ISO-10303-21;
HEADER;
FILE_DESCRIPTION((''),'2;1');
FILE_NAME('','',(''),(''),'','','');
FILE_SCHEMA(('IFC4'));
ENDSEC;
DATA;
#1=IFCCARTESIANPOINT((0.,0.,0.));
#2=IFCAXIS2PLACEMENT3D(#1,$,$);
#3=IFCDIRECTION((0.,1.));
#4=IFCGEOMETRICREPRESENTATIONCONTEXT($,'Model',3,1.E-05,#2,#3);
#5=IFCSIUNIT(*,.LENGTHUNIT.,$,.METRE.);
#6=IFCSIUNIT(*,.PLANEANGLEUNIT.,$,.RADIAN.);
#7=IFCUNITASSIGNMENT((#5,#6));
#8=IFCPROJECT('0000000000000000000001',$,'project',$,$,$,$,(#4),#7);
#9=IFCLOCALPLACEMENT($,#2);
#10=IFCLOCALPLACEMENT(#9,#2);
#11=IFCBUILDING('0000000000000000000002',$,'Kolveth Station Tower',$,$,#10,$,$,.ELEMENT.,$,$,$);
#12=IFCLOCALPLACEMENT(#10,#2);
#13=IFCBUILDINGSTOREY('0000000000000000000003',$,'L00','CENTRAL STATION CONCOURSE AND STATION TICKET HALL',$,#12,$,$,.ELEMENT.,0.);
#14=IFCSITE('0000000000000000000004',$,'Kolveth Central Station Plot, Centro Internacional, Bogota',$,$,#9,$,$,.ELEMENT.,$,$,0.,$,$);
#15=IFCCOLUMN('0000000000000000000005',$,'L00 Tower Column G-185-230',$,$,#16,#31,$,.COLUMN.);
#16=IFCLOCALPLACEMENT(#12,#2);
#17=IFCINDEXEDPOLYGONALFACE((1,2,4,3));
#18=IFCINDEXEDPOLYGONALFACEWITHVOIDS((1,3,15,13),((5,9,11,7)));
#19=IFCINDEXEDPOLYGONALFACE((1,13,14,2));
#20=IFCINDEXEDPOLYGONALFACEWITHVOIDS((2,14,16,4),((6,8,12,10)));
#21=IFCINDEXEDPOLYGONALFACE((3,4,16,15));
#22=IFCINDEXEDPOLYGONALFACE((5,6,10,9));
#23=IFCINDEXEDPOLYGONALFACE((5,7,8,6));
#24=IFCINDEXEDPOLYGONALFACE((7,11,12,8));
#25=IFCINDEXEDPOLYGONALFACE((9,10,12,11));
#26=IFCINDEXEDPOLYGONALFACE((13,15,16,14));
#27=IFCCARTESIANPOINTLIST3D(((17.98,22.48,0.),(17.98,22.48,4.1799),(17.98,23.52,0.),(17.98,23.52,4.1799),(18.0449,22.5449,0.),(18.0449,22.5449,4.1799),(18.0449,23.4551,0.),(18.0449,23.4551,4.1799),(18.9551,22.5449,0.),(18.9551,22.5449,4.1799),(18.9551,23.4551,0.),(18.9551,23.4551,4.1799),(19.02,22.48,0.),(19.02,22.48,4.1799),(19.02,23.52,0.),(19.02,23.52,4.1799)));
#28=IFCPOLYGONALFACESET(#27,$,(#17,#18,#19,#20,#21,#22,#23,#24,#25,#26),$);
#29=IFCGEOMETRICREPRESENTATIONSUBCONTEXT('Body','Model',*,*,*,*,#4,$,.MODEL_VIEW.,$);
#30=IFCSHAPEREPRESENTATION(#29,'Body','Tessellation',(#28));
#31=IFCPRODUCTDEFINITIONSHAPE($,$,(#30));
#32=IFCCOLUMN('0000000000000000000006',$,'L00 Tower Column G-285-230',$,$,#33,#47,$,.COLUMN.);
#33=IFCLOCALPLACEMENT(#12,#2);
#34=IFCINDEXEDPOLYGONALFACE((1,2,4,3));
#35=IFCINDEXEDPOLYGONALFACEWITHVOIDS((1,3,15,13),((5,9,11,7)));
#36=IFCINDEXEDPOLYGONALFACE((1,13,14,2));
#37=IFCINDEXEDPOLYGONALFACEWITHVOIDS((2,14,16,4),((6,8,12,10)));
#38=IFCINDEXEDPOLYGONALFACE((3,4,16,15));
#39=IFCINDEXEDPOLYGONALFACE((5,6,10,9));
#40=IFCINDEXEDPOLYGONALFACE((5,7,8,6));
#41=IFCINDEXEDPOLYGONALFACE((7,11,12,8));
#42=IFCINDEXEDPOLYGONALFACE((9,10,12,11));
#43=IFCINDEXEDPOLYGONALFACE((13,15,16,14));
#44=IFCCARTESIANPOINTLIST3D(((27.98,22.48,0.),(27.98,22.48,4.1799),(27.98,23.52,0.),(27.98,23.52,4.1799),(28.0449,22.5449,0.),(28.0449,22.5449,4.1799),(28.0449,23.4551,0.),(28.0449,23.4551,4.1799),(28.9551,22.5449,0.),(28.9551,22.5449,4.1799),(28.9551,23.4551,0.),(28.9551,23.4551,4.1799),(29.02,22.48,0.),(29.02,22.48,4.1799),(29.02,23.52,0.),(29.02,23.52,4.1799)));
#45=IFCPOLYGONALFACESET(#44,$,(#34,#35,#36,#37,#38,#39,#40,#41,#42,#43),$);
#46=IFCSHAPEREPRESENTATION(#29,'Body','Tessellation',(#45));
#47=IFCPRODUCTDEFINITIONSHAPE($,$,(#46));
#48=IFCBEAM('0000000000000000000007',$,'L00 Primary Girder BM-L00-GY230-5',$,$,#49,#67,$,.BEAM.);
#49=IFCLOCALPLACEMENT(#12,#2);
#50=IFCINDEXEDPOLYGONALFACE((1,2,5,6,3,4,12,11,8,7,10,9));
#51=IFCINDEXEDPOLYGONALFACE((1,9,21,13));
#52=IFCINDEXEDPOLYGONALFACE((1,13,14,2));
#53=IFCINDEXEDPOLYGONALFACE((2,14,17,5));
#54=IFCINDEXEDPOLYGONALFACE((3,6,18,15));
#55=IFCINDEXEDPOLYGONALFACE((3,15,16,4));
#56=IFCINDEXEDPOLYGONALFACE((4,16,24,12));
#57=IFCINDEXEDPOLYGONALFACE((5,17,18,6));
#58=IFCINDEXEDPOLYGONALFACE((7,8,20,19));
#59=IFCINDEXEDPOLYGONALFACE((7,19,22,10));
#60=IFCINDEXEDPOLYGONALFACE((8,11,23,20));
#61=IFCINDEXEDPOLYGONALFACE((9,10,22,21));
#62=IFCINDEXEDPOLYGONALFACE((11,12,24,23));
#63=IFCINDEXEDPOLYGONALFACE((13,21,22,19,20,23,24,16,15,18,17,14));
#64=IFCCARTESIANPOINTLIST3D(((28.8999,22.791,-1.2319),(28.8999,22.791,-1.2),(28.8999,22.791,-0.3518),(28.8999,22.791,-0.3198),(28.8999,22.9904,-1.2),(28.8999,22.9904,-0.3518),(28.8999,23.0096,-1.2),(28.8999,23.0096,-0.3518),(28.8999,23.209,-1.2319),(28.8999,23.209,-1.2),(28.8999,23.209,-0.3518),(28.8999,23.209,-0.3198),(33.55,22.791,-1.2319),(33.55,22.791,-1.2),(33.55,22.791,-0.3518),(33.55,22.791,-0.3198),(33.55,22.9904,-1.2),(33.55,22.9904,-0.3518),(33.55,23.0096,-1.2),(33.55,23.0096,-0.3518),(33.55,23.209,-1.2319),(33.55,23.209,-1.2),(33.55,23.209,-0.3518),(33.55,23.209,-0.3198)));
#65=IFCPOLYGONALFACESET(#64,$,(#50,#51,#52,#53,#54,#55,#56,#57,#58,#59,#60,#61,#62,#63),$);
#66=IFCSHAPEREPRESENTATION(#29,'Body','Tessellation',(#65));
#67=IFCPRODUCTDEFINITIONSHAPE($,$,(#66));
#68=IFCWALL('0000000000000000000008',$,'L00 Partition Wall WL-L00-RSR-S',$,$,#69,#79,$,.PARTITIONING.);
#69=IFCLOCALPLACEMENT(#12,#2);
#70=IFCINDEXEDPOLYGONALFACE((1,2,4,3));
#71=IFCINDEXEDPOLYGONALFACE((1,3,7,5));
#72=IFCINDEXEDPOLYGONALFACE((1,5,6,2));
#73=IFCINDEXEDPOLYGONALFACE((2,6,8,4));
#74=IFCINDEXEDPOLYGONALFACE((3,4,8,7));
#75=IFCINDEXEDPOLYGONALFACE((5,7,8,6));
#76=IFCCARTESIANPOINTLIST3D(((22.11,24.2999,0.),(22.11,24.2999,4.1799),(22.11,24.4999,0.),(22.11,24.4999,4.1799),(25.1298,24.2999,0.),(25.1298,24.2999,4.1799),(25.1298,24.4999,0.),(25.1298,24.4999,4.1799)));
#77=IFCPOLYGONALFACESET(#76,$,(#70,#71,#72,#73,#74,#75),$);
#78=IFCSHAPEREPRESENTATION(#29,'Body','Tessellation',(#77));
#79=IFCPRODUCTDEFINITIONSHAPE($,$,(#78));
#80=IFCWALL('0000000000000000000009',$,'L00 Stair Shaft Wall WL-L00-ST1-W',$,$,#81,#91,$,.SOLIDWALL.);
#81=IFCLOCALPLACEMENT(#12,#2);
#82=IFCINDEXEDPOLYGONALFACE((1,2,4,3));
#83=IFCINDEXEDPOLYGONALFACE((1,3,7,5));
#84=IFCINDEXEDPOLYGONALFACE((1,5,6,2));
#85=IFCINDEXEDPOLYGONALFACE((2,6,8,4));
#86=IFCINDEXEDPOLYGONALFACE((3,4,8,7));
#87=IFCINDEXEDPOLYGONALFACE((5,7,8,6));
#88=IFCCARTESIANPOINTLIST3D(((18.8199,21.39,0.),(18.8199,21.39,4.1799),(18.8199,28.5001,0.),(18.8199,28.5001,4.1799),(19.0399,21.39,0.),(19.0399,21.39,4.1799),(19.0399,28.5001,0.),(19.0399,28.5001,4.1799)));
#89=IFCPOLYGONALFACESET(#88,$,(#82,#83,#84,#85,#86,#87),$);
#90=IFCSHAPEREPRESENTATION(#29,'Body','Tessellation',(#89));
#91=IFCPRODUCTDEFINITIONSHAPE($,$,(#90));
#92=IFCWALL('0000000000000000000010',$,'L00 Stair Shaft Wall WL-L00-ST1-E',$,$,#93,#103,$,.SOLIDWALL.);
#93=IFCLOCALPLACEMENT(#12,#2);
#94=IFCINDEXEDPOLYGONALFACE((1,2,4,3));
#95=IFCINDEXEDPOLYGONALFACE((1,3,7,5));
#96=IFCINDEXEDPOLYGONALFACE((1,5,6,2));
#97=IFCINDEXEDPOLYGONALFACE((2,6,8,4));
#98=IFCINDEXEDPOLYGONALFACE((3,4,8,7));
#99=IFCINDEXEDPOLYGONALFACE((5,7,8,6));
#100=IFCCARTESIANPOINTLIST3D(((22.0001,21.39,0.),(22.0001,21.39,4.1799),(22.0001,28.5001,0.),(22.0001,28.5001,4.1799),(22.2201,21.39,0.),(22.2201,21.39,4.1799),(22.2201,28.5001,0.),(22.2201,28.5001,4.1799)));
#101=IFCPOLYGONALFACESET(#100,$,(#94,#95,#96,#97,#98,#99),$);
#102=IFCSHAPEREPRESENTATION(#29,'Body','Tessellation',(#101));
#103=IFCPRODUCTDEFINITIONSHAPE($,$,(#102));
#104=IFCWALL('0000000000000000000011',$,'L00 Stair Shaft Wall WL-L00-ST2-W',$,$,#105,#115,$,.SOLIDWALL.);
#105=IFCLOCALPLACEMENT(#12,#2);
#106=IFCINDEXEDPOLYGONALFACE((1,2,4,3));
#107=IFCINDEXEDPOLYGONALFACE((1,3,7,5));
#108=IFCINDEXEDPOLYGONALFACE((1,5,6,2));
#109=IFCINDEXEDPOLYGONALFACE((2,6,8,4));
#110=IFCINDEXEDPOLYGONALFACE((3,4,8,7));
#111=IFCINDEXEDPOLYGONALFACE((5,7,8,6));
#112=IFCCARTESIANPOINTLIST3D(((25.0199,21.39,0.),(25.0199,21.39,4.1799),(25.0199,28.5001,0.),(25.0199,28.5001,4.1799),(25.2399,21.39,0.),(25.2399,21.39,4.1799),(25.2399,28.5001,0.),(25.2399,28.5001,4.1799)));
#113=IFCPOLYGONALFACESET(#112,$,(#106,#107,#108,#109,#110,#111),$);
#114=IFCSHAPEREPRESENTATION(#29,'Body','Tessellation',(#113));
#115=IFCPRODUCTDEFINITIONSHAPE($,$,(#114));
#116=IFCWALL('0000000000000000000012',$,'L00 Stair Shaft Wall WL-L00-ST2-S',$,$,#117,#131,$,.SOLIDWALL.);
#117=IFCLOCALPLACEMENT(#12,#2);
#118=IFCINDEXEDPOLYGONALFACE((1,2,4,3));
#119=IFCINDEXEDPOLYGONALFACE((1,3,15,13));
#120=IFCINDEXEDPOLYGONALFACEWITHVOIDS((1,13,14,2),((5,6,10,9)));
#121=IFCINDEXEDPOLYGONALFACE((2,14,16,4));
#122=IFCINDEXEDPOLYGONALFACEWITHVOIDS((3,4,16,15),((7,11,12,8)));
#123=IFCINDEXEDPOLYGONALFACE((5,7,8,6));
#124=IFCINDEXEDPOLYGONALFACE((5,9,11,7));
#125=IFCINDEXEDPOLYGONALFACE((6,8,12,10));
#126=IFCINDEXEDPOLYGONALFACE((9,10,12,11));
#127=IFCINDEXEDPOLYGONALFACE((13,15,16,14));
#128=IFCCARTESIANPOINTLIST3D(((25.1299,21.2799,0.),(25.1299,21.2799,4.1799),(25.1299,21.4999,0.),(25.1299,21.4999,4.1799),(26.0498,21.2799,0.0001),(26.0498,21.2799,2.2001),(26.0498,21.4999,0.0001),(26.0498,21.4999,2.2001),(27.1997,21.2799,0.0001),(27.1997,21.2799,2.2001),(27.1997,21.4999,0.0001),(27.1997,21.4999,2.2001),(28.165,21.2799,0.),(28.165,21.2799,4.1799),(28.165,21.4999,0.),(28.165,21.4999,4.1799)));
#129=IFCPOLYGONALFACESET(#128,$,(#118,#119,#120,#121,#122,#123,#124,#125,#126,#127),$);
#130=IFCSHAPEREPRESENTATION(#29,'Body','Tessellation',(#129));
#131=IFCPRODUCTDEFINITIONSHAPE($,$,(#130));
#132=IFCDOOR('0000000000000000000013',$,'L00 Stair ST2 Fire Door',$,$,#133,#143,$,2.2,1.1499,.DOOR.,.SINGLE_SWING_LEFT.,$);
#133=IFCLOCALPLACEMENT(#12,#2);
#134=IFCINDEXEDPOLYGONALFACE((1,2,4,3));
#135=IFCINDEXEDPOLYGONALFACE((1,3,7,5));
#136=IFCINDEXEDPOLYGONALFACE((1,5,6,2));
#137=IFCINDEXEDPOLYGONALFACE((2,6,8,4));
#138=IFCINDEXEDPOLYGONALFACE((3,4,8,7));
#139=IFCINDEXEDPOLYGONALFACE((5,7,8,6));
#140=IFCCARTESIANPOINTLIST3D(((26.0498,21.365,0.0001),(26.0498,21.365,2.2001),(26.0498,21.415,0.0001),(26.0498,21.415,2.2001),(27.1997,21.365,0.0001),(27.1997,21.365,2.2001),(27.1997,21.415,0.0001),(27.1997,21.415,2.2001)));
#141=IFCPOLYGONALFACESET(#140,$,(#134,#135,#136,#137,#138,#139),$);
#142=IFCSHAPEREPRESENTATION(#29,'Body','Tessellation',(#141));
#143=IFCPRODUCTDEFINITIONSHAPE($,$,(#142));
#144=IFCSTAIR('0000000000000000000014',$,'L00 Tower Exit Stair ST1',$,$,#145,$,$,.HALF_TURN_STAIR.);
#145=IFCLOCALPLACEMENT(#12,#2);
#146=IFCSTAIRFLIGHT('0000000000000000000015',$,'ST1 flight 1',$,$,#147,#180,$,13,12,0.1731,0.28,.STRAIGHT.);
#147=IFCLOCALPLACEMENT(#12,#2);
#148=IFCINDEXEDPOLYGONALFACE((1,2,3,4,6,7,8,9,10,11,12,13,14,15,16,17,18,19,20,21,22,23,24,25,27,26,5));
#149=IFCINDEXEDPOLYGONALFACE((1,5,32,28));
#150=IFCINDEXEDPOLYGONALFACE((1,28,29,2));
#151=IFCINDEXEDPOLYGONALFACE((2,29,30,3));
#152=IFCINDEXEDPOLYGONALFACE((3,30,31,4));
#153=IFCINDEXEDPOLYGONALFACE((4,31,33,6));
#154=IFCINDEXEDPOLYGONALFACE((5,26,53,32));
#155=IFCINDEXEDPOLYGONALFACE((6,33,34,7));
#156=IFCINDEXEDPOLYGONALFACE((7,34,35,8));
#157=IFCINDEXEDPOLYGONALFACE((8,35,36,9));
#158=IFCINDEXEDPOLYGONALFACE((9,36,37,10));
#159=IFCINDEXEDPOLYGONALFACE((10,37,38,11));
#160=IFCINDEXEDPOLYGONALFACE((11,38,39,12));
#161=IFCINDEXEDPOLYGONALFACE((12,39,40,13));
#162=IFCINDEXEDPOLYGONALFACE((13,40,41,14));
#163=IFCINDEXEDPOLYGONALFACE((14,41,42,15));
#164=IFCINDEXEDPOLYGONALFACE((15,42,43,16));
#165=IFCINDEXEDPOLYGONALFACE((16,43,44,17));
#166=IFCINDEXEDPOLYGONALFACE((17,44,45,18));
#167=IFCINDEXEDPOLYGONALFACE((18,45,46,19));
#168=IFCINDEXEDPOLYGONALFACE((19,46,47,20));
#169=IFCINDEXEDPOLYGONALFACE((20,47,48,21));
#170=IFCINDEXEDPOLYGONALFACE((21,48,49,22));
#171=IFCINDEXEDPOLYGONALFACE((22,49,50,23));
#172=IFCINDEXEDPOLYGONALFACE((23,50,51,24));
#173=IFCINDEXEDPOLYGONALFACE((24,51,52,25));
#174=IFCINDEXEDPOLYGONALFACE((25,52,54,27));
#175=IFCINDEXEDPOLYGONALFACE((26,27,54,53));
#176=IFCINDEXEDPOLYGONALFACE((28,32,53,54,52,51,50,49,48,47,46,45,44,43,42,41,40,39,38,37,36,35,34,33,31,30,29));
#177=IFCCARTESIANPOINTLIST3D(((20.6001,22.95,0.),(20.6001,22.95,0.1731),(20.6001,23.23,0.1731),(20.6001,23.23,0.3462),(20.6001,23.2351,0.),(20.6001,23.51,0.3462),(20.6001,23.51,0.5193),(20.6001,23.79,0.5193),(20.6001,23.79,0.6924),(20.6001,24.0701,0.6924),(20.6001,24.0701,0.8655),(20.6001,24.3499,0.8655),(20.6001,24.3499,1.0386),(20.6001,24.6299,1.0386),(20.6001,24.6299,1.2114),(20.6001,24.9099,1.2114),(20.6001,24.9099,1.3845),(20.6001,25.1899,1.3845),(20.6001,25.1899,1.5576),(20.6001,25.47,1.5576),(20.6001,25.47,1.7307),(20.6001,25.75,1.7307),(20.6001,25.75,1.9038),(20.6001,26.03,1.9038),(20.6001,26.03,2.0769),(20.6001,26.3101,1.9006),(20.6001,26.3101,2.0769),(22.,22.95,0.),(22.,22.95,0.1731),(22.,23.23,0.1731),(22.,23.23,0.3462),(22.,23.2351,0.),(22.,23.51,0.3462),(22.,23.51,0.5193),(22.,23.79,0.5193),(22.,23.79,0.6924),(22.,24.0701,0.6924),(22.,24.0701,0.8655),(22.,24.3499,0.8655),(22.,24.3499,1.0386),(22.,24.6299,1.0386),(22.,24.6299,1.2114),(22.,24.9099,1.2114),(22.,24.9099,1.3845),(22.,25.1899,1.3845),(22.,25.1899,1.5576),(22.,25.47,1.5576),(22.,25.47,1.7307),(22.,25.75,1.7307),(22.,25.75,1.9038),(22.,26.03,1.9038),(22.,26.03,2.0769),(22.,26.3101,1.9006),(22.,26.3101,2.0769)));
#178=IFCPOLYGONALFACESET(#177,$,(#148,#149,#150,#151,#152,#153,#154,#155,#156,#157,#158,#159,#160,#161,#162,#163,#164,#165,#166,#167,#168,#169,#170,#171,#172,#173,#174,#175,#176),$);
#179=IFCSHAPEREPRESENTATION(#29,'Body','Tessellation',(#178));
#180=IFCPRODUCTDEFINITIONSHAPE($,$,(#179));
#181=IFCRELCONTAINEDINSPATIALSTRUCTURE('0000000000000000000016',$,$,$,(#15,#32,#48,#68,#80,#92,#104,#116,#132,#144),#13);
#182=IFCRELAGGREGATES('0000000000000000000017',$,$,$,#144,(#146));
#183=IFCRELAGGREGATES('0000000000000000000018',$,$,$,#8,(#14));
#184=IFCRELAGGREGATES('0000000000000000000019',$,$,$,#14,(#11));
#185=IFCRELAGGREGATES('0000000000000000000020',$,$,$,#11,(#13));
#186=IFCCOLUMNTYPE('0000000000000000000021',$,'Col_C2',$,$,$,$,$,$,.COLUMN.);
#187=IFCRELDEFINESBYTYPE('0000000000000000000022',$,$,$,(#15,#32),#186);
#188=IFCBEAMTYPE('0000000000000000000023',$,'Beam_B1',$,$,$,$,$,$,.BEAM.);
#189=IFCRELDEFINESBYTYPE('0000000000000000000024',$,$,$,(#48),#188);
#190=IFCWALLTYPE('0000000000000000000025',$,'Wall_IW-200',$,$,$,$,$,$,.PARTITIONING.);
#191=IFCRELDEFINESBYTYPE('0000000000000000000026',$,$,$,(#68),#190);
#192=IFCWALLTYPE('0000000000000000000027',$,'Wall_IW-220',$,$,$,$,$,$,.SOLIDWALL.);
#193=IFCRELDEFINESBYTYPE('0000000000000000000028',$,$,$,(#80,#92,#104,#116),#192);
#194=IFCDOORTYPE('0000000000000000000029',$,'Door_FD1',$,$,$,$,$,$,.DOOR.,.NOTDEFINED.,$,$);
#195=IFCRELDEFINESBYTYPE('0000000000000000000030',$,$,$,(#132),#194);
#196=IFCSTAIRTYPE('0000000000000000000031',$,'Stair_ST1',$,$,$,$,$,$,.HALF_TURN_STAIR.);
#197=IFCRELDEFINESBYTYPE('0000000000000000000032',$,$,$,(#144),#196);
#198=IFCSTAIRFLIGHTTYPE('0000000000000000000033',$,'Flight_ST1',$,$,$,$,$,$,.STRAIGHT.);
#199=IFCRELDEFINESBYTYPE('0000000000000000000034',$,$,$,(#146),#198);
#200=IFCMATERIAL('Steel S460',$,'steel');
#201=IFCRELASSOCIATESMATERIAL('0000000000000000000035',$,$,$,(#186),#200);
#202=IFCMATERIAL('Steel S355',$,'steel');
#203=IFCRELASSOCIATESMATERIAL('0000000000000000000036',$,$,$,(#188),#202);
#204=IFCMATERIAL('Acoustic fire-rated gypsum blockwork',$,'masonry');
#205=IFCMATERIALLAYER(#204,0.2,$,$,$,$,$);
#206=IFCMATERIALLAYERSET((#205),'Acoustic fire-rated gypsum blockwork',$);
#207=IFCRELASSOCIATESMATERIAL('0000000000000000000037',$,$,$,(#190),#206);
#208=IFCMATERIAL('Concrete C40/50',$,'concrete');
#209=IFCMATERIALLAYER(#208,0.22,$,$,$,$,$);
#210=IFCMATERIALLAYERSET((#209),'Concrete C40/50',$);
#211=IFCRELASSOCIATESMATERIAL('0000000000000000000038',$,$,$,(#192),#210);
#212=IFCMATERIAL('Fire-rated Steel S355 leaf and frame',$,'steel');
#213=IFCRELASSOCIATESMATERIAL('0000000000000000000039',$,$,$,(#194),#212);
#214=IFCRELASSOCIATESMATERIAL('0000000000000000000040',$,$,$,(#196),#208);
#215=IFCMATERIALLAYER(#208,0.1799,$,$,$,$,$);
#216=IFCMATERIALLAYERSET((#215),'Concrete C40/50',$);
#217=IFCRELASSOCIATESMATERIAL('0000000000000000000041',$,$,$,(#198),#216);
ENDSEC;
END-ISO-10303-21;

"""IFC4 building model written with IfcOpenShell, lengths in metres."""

from ifc_helpers import new_model, si_unit, direction, frame, frame_2d, origin, origin_2d, place, context, subcontext, project, spatial, polyline, rectangle, hollow_rectangle, i_section, outline, extrude, source, transform, mapped, material, layer, layer_set, material_profile, profile_set, type_object, element, fill, aggregate, save


model = new_model("IFC4")

# Units and contexts
model_context = context("Model", 3, precision=1e-05, world=origin(), true_north=direction((0.0, 1.0)))
body_context = subcontext(model_context, "Body", "Model", "MODEL_VIEW")
ifc_project = project(units=[si_unit("LENGTHUNIT", "METRE"), si_unit("PLANEANGLEUNIT", "RADIAN")], contexts=[model_context])

# Site, building, storey
site_placement = place(None, origin())
site = spatial("IfcSite", under=ifc_project, at=site_placement, Name="Kolveth Central Station Plot, Centro Internacional, Bogota", CompositionType="ELEMENT", RefElevation=0.0)
building_placement = place(site_placement, origin())
building = spatial("IfcBuilding", under=site, at=building_placement, Name="Kolveth Station Tower", CompositionType="ELEMENT")
storey_placement = place(building_placement, origin())
storey = spatial("IfcBuildingStorey", under=building, at=storey_placement, Name="L00", Description="CENTRAL STATION CONCOURSE AND STATION TICKET HALL", CompositionType="ELEMENT", Elevation=0.0)

# Columns
ifc_material_1 = material(Name="Steel S460", Category="steel")
ifc_material_profile_1 = material_profile(ifc_material_1, hollow_rectangle(XDim=1.04, YDim=1.04, WallThickness=0.0649, at=origin_2d()), Name="BOX1040x1040x65")
ifc_profile_set_1 = profile_set([ifc_material_profile_1], Name="Steel S460")
column_type = type_object("IfcColumnType", Name="Col_C2", PredefinedType="COLUMN", material=ifc_profile_set_1)
shared_shape_1 = source(origin(), body_context, "Body", "SweptSolid", [
    extrude(hollow_rectangle(XDim=1.04, YDim=1.04, WallThickness=0.0649, at=origin_2d()), origin(), (0.0, 0.0, 1.0), 4.1799),
])
for number, where, z_axis, x_axis, name in (
    (1, (18.5, 23.0, 0.0), (0.0, 0.0, 1.0), (1.0, 0.0, 0.0), "L00 Tower Column G-185-230"),
    (2, (28.5, 23.0, 0.0), (0.0, 0.0, 1.0), (1.0, 0.0, 0.0), "L00 Tower Column G-285-230"),
):
    element("IfcColumn", number, at=place(storey_placement, frame(where, z_axis=z_axis, x_axis=x_axis)), inside=storey, type_object=column_type, Name=name, PredefinedType="COLUMN", context=body_context, shape_type="MappedRepresentation", body=[
        mapped(shared_shape_1, transform((0.0, 0.0, 0.0), x_axis=(1.0, 0.0, 0.0), y_axis=(0.0, 1.0, 0.0), z_axis=(0.0, 0.0, 1.0), scale=1.0)),
    ])

# Beam
ifc_material_2 = material(Name="Steel S355", Category="steel")
ifc_material_profile_2 = material_profile(ifc_material_2, i_section(OverallWidth=0.418, OverallDepth=0.9121, WebThickness=0.0193, FlangeThickness=0.032, at=origin_2d()), Name="W920x342")
ifc_profile_set_2 = profile_set([ifc_material_profile_2], Name="Steel S355")
beam_type = type_object("IfcBeamType", Name="Beam_B1", PredefinedType="BEAM", material=ifc_profile_set_2)
shared_shape_2 = source(origin(), body_context, "Body", "SweptSolid", [
    extrude(i_section(OverallWidth=0.418, OverallDepth=0.9121, WebThickness=0.0193, FlangeThickness=0.032, at=origin_2d()), origin(), (0.0, 0.0, 1.0), 4.6501),
])
beam_placement = place(storey_placement, frame((28.8999, 23.0, -0.7759), z_axis=(1.0, 0.0, 0.0), x_axis=(0.0, 1.0, 0.0)))
element("IfcBeam", 3, at=beam_placement, inside=storey, type_object=beam_type, Name="L00 Primary Girder BM-L00-GY230-5", PredefinedType="BEAM", context=body_context, shape_type="MappedRepresentation", body=[
    mapped(shared_shape_2, transform((0.0, 0.0, 0.0), x_axis=(1.0, 0.0, 0.0), y_axis=(0.0, 1.0, 0.0), z_axis=(0.0, 0.0, 1.0), scale=1.0)),
])

# Walls
ifc_material_3 = material(Name="Acoustic fire-rated gypsum blockwork", Category="masonry")
ifc_layer_1 = layer(ifc_material_3, 0.2)
ifc_layer_set_1 = layer_set([ifc_layer_1], Name="Acoustic fire-rated gypsum blockwork")
wall_type_1 = type_object("IfcWallType", Name="Wall_IW-200", PredefinedType="PARTITIONING", material=ifc_layer_set_1)
wall_1_placement = place(storey_placement, frame((22.1101, 24.3999, 0.0), z_axis=(0.0, 0.0, 1.0), x_axis=(1.0, 0.0, 0.0)))
element("IfcWall", 4, at=wall_1_placement, inside=storey, type_object=wall_type_1, Name="L00 Partition Wall WL-L00-RSR-S", PredefinedType="PARTITIONING", context=body_context, shape_type="SweptSolid", body=[
    extrude(rectangle(XDim=3.0198, YDim=0.2, at=frame_2d((1.5098, 0.0))), origin(), (0.0, 0.0, 1.0), 4.1799),
])
ifc_material_4 = material(Name="Concrete C40/50", Category="concrete")
ifc_layer_2 = layer(ifc_material_4, 0.22)
ifc_layer_set_2 = layer_set([ifc_layer_2], Name="Concrete C40/50")
wall_type_2 = type_object("IfcWallType", Name="Wall_IW-220", PredefinedType="SOLIDWALL", material=ifc_layer_set_2)
for number, where, z_axis, x_axis, name in (
    (5, (18.9299, 21.3899, 0.0), (0.0, 0.0, 1.0), (0.0, 1.0, 0.0), "L00 Stair Shaft Wall WL-L00-ST1-W"),
    (6, (22.1101, 21.3899, 0.0), (0.0, 0.0, 1.0), (0.0, 1.0, 0.0), "L00 Stair Shaft Wall WL-L00-ST1-E"),
    (7, (25.1299, 21.3899, 0.0), (0.0, 0.0, 1.0), (0.0, 1.0, 0.0), "L00 Stair Shaft Wall WL-L00-ST2-W"),
):
    element("IfcWall", number, at=place(storey_placement, frame(where, z_axis=z_axis, x_axis=x_axis)), inside=storey, type_object=wall_type_2, Name=name, PredefinedType="SOLIDWALL", context=body_context, shape_type="SweptSolid", body=[
        extrude(rectangle(XDim=7.1101, YDim=0.22, at=frame_2d((3.5552, 0.0))), origin(), (0.0, 0.0, 1.0), 4.1799),
    ])

# Wall, opening, door
wall_2_placement = place(storey_placement, frame((25.1299, 21.3899, 0.0), z_axis=(0.0, 0.0, 1.0), x_axis=(1.0, 0.0, 0.0)))
wall_2 = element("IfcWall", 8, at=wall_2_placement, inside=storey, type_object=wall_type_2, Name="L00 Stair Shaft Wall WL-L00-ST2-S", PredefinedType="SOLIDWALL", context=body_context, shape_type="SweptSolid", body=[
    extrude(rectangle(XDim=3.0352, YDim=0.22, at=frame_2d((1.5176, 0.0))), origin(), (0.0, 0.0, 1.0), 4.1799),
])
opening_placement = place(wall_2_placement, frame((0.9199, 0.0, 0.0)))
opening = element("IfcOpeningElement", 9, at=opening_placement, cuts=wall_2, PredefinedType="OPENING", context=body_context, shape_type="SweptSolid", body=[
    extrude(rectangle(XDim=1.1499, YDim=2.2, at=frame_2d((0.575, 1.1001))), frame((0.0, 0.1199, 0.0), z_axis=(0.0, -1.0, 0.0), x_axis=(1.0, 0.0, 0.0)), (0.0, 0.0, 1.0), 0.24),
])
ifc_material_5 = material(Name="Fire-rated Steel S355 leaf and frame", Category="steel")
door_type = type_object("IfcDoorType", Name="Door_FD1", OperationType="NOTDEFINED", PredefinedType="DOOR", material=ifc_material_5)
door_placement = place(opening_placement, frame((1.1499, 0.0, 0.0), z_axis=(0.0, 0.0, 1.0), x_axis=(-1.0, 0.0, 0.0)))
door = element("IfcDoor", 10, at=door_placement, inside=storey, type_object=door_type, Name="L00 Stair ST2 Fire Door", OperationType="SINGLE_SWING_LEFT", OverallHeight=2.2, OverallWidth=1.1499, PredefinedType="DOOR", context=body_context, shape_type="SweptSolid", body=[
    extrude(rectangle(XDim=1.1499, YDim=2.2, at=frame_2d((0.575, 1.1001))), frame((0.0, 0.0249, 0.0), z_axis=(0.0, -1.0, 0.0), x_axis=(1.0, 0.0, 0.0)), (0.0, 0.0, 1.0), 0.05),
])
fill(opening, door)

# Stair, stair flight
stair_type_1 = type_object("IfcStairType", Name="Stair_ST1", PredefinedType="HALF_TURN_STAIR", material=ifc_material_4)
stair_1_placement = place(storey_placement, origin())
stair_1 = element("IfcStair", 11, at=stair_1_placement, inside=storey, type_object=stair_type_1, Name="L00 Tower Exit Stair ST1", PredefinedType="HALF_TURN_STAIR")
ifc_layer_3 = layer(ifc_material_4, 0.1799)
ifc_layer_set_3 = layer_set([ifc_layer_3], Name="Concrete C40/50")
stair_flight_type_1 = type_object("IfcStairFlightType", Name="Flight_ST1", PredefinedType="STRAIGHT", material=ifc_layer_set_3)
stair_flight_1_placement = place(storey_placement, frame((21.3, 22.95, 0.0), z_axis=(0.0, 0.0, 1.0), x_axis=(0.0, 1.0, 0.0)))
stair_flight_1 = element("IfcStairFlight", 12, at=stair_flight_1_placement, type_object=stair_flight_type_1, Name="ST1 flight 1", NumberOfRisers=13, NumberOfTreads=12, PredefinedType="STRAIGHT", RiserHeight=0.1731, TreadLength=0.28, context=body_context, shape_type="SweptSolid", body=[
    extrude(outline(polyline([(0.0, 0.0), (0.0, 0.1731), (0.28, 0.1731), (0.28, 0.3462), (0.5601, 0.3462), (0.5601, 0.5193), (0.8401, 0.5193), (0.8401, 0.6924), (1.1201, 0.6924), (1.1201, 0.8655), (1.3999, 0.8655), (1.3999, 1.0386), (1.6799, 1.0386), (1.6799, 1.2114), (1.96, 1.2114), (1.96, 1.3845), (2.24, 1.3845), (2.24, 1.5576), (2.52, 1.5576), (2.52, 1.7307), (2.8, 1.7307), (2.8, 1.9038), (3.0801, 1.9038), (3.0801, 2.0769), (3.3601, 2.0769), (3.3601, 2.25), (3.3601, 1.9006), (0.2852, 0.0), (0.0, 0.0)])), frame((0.0, 0.7, 0.0), z_axis=(0.0, -1.0, 0.0), x_axis=(1.0, 0.0, 0.0)), (0.0, 0.0, 1.0), 1.3999),
])
aggregate(stair_1, [stair_flight_1])

save(model, "model.ifc")
